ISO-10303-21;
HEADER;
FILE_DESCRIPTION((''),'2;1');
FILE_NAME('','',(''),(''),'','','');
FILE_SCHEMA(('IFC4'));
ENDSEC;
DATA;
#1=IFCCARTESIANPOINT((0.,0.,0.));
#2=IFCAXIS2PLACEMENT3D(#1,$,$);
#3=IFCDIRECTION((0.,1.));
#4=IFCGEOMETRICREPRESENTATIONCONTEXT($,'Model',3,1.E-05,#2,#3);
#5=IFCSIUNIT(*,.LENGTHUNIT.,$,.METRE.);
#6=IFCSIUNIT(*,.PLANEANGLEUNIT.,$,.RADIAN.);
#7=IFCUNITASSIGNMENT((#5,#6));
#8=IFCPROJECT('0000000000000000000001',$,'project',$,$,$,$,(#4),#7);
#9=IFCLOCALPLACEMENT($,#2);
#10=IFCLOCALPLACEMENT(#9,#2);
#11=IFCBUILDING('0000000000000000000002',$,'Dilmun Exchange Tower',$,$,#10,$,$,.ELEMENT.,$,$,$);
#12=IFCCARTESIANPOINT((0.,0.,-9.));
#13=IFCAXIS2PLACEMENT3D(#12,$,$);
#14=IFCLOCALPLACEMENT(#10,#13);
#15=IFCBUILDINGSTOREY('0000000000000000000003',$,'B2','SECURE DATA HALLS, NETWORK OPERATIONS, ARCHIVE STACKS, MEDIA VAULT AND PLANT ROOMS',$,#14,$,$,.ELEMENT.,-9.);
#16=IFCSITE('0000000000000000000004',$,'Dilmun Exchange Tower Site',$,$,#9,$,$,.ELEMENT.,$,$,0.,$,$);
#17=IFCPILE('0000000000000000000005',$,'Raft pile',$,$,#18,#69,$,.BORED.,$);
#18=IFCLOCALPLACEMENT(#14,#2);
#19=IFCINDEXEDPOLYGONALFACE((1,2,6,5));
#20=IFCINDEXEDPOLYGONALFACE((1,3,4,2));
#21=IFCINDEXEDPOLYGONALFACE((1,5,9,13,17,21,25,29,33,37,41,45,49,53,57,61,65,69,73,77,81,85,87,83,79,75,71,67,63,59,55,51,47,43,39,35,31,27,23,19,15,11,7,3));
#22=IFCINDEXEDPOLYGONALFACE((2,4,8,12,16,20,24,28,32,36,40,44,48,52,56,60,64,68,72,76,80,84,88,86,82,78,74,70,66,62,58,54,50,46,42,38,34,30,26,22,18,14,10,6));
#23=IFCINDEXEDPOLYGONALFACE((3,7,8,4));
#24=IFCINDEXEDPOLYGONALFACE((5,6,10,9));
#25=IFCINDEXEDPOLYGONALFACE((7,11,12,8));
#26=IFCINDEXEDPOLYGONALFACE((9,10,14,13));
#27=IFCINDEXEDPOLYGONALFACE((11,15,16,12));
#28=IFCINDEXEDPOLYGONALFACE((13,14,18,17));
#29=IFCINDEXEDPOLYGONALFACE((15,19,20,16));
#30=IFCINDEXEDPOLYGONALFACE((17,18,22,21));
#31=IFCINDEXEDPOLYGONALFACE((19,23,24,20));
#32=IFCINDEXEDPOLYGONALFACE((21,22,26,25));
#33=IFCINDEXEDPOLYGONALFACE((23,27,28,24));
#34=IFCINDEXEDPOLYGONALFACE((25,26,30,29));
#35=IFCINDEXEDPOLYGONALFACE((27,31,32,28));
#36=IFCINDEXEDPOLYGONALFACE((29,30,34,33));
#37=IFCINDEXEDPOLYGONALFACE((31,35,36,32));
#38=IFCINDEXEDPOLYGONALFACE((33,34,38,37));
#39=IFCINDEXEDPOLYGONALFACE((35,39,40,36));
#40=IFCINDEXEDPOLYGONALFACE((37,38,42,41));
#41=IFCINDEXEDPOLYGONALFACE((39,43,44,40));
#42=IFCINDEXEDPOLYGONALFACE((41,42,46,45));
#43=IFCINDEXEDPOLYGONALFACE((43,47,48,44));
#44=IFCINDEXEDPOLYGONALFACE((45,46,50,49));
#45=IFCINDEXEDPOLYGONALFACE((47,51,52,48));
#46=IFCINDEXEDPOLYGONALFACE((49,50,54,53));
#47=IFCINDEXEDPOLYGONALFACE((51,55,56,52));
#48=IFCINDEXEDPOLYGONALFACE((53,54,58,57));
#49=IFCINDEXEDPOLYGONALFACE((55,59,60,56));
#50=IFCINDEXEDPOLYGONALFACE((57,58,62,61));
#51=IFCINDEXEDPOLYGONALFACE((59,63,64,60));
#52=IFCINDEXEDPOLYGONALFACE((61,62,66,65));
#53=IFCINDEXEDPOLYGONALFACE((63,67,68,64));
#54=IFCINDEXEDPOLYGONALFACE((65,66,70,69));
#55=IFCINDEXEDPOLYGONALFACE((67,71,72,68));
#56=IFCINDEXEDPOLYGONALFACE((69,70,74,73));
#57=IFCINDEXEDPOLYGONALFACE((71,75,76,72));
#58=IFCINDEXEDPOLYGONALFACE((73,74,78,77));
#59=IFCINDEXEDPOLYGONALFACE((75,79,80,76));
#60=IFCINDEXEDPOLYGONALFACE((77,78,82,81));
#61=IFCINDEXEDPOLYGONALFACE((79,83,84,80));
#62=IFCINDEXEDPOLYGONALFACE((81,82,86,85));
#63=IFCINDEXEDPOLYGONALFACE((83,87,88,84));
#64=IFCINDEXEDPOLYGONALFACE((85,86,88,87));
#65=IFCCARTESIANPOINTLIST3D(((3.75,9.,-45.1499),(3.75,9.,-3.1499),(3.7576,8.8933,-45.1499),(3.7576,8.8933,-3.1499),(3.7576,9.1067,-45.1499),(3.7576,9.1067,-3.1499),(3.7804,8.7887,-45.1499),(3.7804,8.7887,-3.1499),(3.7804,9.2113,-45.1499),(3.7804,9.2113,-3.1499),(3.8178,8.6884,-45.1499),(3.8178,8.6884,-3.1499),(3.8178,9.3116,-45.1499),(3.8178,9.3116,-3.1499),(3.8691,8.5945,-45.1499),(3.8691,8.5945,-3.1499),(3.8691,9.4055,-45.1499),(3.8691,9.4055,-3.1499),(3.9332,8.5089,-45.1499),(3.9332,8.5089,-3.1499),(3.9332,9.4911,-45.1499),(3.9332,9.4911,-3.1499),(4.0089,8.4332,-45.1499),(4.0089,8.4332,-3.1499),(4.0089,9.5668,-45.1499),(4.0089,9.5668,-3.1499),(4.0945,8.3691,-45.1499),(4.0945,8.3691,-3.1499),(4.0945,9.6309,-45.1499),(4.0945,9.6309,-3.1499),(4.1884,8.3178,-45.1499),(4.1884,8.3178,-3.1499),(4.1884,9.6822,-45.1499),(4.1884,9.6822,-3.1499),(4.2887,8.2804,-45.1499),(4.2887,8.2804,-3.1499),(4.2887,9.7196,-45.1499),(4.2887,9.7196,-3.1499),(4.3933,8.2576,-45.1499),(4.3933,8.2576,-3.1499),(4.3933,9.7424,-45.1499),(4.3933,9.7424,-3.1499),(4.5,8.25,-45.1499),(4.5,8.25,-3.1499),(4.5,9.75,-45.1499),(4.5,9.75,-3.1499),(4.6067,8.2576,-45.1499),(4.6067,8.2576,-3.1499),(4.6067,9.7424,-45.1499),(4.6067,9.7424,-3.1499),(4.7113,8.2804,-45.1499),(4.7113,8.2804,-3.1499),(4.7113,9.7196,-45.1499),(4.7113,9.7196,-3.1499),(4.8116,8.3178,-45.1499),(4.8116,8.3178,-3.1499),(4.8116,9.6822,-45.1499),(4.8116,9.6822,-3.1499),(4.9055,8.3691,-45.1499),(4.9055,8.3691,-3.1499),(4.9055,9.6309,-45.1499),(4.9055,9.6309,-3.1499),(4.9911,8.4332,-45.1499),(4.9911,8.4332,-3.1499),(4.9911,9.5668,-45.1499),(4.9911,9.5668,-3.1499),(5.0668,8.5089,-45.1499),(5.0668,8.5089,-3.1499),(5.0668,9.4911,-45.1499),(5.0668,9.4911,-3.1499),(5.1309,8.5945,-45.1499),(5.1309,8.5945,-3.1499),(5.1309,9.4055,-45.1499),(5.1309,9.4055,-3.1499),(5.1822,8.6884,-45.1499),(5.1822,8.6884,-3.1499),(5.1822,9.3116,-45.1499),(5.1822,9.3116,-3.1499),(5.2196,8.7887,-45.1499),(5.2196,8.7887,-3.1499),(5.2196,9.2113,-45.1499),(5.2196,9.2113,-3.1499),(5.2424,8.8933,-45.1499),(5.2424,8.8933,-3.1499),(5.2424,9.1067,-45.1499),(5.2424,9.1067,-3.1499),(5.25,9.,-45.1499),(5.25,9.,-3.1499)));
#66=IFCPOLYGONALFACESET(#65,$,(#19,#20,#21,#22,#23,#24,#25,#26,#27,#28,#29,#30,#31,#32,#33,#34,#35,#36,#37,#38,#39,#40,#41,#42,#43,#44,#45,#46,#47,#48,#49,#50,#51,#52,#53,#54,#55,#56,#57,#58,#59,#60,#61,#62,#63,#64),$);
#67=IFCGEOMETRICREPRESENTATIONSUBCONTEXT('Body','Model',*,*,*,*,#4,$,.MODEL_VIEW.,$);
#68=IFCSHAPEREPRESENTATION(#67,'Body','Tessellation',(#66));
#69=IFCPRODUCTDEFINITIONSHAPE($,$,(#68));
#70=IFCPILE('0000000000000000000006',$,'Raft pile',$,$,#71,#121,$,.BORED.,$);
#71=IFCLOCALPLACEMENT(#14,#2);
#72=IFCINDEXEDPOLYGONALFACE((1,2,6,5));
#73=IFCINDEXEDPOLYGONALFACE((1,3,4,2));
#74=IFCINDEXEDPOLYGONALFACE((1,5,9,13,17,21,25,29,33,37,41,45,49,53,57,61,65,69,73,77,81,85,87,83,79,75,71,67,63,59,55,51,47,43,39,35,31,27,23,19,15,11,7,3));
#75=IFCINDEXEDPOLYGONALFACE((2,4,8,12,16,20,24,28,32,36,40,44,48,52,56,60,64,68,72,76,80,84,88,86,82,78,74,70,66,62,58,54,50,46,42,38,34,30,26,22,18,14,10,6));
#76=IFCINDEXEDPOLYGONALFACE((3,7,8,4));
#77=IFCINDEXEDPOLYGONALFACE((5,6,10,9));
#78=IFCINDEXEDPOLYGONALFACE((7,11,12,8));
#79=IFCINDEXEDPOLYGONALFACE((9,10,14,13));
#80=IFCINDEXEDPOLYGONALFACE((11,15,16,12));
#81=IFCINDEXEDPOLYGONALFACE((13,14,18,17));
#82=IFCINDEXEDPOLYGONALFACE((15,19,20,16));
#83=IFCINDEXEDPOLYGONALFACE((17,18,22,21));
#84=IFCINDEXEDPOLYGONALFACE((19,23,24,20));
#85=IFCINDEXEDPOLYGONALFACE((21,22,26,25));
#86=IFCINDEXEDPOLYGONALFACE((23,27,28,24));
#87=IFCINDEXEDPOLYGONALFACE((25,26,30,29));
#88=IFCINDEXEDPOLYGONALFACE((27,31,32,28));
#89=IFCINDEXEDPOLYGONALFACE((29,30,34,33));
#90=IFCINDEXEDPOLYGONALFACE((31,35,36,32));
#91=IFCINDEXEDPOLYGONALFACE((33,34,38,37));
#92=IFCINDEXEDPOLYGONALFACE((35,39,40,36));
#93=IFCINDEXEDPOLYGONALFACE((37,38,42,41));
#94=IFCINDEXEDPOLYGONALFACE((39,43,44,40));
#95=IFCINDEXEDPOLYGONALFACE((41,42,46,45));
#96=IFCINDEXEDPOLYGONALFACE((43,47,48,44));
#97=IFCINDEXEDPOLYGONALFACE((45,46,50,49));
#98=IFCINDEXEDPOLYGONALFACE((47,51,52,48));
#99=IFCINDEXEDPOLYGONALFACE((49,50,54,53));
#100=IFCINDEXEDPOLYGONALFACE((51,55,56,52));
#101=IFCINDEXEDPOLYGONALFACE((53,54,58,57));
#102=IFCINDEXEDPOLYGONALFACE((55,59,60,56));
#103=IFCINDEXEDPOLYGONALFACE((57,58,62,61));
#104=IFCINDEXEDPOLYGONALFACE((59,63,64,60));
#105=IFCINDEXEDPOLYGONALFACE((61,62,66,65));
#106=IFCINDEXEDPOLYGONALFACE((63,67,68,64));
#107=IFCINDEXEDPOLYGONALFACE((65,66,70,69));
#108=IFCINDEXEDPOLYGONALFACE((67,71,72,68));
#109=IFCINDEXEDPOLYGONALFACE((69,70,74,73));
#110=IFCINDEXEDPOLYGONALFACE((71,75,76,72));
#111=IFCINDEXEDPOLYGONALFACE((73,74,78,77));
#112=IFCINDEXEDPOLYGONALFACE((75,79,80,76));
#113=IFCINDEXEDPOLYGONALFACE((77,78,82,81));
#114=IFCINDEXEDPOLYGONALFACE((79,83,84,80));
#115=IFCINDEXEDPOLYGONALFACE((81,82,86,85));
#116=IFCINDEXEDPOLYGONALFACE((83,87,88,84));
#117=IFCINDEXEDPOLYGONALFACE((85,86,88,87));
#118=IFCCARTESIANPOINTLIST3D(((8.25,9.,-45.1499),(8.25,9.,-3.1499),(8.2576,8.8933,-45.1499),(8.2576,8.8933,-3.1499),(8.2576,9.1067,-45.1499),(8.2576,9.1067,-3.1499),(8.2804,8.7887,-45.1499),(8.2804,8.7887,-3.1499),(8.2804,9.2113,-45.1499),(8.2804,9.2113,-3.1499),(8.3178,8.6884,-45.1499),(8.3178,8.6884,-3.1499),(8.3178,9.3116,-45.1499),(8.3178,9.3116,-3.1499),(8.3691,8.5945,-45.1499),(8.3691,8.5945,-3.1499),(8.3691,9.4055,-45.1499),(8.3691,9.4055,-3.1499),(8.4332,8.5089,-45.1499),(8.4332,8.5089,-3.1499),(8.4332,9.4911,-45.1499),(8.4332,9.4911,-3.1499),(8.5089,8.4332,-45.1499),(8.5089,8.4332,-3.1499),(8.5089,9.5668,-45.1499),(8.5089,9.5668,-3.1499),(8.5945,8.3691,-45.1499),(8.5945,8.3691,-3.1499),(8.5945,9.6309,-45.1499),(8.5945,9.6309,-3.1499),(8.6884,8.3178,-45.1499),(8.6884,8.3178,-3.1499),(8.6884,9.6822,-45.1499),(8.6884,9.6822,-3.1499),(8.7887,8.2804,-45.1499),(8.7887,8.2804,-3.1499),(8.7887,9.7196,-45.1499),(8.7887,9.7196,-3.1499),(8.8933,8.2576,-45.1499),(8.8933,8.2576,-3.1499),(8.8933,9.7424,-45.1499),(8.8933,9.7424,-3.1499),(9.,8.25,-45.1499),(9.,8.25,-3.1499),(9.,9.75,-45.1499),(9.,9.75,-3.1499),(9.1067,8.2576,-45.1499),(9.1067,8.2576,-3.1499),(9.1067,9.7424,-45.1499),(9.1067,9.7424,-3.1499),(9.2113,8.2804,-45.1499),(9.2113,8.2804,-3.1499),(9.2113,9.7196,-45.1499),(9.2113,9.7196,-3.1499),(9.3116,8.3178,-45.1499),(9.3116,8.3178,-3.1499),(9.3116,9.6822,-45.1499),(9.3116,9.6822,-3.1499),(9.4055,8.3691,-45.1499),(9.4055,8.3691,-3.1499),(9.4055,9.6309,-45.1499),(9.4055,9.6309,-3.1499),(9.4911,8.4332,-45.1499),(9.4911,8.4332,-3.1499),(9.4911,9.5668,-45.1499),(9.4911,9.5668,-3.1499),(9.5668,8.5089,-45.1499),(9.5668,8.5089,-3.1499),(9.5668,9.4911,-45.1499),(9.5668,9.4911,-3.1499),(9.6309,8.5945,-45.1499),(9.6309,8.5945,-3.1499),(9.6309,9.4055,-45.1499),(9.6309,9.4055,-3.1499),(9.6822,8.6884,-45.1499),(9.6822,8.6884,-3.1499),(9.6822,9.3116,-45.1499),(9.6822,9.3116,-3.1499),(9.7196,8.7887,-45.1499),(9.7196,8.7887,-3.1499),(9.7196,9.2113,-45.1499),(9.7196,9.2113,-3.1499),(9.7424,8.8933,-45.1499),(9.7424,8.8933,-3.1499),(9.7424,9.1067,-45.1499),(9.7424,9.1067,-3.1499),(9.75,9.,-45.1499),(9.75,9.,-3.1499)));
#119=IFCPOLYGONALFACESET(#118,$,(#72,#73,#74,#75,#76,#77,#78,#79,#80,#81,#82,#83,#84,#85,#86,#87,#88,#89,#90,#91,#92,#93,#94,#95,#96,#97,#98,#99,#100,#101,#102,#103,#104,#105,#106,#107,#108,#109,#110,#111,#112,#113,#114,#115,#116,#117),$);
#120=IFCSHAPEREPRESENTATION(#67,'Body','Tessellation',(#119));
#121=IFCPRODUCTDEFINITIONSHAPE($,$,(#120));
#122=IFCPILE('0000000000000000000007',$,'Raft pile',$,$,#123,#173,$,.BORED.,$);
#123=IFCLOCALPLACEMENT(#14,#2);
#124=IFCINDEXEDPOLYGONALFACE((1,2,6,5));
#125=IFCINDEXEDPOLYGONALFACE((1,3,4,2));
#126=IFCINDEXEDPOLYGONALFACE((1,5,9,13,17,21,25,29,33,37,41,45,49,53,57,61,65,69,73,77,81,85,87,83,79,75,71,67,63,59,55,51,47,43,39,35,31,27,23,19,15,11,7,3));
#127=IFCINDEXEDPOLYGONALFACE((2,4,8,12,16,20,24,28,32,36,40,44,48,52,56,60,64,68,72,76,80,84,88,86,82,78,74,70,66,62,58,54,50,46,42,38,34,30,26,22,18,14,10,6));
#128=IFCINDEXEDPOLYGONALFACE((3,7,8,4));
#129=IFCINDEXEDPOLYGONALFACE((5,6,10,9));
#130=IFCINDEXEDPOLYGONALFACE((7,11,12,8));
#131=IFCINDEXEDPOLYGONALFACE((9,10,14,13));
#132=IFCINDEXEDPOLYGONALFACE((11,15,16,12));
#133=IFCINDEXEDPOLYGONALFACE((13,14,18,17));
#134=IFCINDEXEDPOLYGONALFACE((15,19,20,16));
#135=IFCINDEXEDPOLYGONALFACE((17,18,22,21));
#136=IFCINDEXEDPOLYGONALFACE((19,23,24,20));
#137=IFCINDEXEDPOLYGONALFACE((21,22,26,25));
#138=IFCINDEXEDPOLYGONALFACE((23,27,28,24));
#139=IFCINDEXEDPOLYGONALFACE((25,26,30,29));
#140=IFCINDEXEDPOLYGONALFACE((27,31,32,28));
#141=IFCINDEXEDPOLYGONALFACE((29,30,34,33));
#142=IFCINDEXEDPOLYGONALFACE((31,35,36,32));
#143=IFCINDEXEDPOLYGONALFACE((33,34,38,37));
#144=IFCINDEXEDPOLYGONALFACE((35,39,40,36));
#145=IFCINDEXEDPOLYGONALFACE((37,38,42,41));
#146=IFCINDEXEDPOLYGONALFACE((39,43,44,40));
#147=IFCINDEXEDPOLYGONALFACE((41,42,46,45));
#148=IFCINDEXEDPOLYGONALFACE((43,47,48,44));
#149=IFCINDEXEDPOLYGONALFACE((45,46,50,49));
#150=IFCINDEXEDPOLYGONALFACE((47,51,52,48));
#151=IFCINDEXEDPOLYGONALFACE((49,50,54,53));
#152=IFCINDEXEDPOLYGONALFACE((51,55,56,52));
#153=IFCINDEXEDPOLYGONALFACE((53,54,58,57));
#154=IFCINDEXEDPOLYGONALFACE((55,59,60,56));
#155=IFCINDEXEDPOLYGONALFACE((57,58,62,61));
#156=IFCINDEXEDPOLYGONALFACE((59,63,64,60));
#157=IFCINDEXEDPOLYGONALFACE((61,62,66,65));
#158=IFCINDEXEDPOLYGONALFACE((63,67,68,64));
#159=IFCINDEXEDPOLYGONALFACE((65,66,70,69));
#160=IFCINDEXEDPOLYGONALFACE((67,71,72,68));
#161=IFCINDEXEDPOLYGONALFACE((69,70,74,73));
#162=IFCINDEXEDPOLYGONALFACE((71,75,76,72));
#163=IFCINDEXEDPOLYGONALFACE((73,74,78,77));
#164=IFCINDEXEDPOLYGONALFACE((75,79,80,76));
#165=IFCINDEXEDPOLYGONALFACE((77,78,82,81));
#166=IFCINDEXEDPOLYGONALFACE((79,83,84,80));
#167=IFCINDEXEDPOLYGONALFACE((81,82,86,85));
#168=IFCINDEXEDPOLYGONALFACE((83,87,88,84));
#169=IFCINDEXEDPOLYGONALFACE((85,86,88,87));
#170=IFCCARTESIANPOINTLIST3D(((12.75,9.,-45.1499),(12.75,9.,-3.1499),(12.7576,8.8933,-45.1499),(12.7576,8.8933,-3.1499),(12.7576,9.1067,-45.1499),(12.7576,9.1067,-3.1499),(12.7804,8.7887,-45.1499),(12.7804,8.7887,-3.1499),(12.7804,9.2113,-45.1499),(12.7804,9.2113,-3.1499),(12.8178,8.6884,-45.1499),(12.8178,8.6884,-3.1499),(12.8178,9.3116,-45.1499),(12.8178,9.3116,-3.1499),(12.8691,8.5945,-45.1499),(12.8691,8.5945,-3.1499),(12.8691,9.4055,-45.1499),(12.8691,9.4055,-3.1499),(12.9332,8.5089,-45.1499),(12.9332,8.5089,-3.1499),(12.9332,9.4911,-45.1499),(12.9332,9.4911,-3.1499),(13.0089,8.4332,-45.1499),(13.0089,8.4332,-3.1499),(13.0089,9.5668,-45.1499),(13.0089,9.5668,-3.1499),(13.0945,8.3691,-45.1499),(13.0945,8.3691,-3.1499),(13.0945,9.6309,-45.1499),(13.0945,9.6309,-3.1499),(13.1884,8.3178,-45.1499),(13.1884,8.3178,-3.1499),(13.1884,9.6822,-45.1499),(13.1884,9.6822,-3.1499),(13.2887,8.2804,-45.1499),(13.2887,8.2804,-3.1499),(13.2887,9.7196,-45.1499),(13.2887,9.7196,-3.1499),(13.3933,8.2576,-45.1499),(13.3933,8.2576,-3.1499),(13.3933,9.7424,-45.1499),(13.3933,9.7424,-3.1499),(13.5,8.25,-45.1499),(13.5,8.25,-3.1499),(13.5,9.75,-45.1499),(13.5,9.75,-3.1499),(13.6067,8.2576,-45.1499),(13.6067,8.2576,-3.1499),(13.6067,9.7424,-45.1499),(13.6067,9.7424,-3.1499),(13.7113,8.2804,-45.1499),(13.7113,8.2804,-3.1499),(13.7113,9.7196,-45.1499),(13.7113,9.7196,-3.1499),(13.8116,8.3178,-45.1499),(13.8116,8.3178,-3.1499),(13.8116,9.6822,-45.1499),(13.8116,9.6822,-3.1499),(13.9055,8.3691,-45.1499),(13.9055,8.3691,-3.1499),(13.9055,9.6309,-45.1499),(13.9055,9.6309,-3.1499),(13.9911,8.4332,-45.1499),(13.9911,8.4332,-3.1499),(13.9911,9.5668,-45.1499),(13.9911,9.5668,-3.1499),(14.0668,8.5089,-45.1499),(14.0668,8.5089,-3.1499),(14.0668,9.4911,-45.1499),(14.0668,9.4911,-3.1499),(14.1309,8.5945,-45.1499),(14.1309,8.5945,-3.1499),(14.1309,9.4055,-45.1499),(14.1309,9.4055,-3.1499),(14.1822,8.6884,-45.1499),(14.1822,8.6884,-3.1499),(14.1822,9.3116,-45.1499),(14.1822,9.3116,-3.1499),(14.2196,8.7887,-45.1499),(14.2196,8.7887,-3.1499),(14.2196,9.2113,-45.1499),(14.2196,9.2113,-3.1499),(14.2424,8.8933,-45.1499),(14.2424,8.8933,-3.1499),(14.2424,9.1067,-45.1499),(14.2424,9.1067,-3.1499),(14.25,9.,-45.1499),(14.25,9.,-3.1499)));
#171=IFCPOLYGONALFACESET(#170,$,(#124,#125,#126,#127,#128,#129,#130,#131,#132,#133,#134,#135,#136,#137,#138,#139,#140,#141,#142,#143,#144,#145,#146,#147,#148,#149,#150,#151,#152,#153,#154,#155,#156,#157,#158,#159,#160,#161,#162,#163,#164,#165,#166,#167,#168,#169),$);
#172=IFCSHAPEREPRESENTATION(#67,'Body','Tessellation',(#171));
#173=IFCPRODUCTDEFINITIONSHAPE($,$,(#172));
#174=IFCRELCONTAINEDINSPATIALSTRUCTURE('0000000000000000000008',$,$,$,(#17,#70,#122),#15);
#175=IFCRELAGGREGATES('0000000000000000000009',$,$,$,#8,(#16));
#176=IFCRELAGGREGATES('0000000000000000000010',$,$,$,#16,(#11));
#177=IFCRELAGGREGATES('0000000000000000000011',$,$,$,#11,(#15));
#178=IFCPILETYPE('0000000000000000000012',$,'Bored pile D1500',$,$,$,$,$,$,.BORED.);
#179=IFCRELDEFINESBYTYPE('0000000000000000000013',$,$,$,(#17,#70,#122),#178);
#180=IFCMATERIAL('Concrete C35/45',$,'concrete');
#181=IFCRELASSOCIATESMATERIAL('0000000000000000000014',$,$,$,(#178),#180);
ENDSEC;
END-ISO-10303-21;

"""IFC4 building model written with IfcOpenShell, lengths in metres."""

from ifc_helpers import new_model, si_unit, direction, frame, origin, origin_2d, place, context, subcontext, project, spatial, circle, extrude, material, material_profile, profile_set, type_object, element, save


model = new_model("IFC4")

# Units and contexts
model_context = context("Model", 3, precision=1e-05, world=origin(), true_north=direction((0.0, 1.0)))
body_context = subcontext(model_context, "Body", "Model", "MODEL_VIEW")
ifc_project = project(units=[si_unit("LENGTHUNIT", "METRE"), si_unit("PLANEANGLEUNIT", "RADIAN")], contexts=[model_context])

# Site, building, storey
site_placement = place(None, origin())
site = spatial("IfcSite", under=ifc_project, at=site_placement, Name="Dilmun Exchange Tower Site", CompositionType="ELEMENT", RefElevation=0.0)
building_placement = place(site_placement, origin())
building = spatial("IfcBuilding", under=site, at=building_placement, Name="Dilmun Exchange Tower", CompositionType="ELEMENT")
storey_placement = place(building_placement, frame((0.0, 0.0, -9.0)))
storey = spatial("IfcBuildingStorey", under=building, at=storey_placement, Name="B2", Description="SECURE DATA HALLS, NETWORK OPERATIONS, ARCHIVE STACKS, MEDIA VAULT AND PLANT ROOMS", CompositionType="ELEMENT", Elevation=-9.0)

# Piles
ifc_material_1 = material(Name="Concrete C35/45", Category="concrete")
ifc_material_profile_1 = material_profile(ifc_material_1, circle(Radius=0.75, at=origin_2d()), Name="D1500")
ifc_profile_set_1 = profile_set([ifc_material_profile_1], Name="Concrete C35/45")
pile_type = type_object("IfcPileType", Name="Bored pile D1500", PredefinedType="BORED", material=ifc_profile_set_1)
for number, where, z_axis, x_axis, name in (
    (1, (4.5, 9.0, -3.1499), (0.0, 0.0, -1.0), (1.0, 0.0, 0.0), "Raft pile"),
    (2, (9.0, 9.0, -3.1499), (0.0, 0.0, -1.0), (1.0, 0.0, 0.0), "Raft pile"),
    (3, (13.5, 9.0, -3.1499), (0.0, 0.0, -1.0), (1.0, 0.0, 0.0), "Raft pile"),
):
    element("IfcPile", number, at=place(storey_placement, frame(where, z_axis=z_axis, x_axis=x_axis)), inside=storey, type_object=pile_type, Name=name, PredefinedType="BORED", context=body_context, shape_type="SweptSolid", body=[
        extrude(circle(Radius=0.75, at=origin_2d()), origin(), (0.0, 0.0, 1.0), 42.0),
    ])

save(model, "model.ifc")
